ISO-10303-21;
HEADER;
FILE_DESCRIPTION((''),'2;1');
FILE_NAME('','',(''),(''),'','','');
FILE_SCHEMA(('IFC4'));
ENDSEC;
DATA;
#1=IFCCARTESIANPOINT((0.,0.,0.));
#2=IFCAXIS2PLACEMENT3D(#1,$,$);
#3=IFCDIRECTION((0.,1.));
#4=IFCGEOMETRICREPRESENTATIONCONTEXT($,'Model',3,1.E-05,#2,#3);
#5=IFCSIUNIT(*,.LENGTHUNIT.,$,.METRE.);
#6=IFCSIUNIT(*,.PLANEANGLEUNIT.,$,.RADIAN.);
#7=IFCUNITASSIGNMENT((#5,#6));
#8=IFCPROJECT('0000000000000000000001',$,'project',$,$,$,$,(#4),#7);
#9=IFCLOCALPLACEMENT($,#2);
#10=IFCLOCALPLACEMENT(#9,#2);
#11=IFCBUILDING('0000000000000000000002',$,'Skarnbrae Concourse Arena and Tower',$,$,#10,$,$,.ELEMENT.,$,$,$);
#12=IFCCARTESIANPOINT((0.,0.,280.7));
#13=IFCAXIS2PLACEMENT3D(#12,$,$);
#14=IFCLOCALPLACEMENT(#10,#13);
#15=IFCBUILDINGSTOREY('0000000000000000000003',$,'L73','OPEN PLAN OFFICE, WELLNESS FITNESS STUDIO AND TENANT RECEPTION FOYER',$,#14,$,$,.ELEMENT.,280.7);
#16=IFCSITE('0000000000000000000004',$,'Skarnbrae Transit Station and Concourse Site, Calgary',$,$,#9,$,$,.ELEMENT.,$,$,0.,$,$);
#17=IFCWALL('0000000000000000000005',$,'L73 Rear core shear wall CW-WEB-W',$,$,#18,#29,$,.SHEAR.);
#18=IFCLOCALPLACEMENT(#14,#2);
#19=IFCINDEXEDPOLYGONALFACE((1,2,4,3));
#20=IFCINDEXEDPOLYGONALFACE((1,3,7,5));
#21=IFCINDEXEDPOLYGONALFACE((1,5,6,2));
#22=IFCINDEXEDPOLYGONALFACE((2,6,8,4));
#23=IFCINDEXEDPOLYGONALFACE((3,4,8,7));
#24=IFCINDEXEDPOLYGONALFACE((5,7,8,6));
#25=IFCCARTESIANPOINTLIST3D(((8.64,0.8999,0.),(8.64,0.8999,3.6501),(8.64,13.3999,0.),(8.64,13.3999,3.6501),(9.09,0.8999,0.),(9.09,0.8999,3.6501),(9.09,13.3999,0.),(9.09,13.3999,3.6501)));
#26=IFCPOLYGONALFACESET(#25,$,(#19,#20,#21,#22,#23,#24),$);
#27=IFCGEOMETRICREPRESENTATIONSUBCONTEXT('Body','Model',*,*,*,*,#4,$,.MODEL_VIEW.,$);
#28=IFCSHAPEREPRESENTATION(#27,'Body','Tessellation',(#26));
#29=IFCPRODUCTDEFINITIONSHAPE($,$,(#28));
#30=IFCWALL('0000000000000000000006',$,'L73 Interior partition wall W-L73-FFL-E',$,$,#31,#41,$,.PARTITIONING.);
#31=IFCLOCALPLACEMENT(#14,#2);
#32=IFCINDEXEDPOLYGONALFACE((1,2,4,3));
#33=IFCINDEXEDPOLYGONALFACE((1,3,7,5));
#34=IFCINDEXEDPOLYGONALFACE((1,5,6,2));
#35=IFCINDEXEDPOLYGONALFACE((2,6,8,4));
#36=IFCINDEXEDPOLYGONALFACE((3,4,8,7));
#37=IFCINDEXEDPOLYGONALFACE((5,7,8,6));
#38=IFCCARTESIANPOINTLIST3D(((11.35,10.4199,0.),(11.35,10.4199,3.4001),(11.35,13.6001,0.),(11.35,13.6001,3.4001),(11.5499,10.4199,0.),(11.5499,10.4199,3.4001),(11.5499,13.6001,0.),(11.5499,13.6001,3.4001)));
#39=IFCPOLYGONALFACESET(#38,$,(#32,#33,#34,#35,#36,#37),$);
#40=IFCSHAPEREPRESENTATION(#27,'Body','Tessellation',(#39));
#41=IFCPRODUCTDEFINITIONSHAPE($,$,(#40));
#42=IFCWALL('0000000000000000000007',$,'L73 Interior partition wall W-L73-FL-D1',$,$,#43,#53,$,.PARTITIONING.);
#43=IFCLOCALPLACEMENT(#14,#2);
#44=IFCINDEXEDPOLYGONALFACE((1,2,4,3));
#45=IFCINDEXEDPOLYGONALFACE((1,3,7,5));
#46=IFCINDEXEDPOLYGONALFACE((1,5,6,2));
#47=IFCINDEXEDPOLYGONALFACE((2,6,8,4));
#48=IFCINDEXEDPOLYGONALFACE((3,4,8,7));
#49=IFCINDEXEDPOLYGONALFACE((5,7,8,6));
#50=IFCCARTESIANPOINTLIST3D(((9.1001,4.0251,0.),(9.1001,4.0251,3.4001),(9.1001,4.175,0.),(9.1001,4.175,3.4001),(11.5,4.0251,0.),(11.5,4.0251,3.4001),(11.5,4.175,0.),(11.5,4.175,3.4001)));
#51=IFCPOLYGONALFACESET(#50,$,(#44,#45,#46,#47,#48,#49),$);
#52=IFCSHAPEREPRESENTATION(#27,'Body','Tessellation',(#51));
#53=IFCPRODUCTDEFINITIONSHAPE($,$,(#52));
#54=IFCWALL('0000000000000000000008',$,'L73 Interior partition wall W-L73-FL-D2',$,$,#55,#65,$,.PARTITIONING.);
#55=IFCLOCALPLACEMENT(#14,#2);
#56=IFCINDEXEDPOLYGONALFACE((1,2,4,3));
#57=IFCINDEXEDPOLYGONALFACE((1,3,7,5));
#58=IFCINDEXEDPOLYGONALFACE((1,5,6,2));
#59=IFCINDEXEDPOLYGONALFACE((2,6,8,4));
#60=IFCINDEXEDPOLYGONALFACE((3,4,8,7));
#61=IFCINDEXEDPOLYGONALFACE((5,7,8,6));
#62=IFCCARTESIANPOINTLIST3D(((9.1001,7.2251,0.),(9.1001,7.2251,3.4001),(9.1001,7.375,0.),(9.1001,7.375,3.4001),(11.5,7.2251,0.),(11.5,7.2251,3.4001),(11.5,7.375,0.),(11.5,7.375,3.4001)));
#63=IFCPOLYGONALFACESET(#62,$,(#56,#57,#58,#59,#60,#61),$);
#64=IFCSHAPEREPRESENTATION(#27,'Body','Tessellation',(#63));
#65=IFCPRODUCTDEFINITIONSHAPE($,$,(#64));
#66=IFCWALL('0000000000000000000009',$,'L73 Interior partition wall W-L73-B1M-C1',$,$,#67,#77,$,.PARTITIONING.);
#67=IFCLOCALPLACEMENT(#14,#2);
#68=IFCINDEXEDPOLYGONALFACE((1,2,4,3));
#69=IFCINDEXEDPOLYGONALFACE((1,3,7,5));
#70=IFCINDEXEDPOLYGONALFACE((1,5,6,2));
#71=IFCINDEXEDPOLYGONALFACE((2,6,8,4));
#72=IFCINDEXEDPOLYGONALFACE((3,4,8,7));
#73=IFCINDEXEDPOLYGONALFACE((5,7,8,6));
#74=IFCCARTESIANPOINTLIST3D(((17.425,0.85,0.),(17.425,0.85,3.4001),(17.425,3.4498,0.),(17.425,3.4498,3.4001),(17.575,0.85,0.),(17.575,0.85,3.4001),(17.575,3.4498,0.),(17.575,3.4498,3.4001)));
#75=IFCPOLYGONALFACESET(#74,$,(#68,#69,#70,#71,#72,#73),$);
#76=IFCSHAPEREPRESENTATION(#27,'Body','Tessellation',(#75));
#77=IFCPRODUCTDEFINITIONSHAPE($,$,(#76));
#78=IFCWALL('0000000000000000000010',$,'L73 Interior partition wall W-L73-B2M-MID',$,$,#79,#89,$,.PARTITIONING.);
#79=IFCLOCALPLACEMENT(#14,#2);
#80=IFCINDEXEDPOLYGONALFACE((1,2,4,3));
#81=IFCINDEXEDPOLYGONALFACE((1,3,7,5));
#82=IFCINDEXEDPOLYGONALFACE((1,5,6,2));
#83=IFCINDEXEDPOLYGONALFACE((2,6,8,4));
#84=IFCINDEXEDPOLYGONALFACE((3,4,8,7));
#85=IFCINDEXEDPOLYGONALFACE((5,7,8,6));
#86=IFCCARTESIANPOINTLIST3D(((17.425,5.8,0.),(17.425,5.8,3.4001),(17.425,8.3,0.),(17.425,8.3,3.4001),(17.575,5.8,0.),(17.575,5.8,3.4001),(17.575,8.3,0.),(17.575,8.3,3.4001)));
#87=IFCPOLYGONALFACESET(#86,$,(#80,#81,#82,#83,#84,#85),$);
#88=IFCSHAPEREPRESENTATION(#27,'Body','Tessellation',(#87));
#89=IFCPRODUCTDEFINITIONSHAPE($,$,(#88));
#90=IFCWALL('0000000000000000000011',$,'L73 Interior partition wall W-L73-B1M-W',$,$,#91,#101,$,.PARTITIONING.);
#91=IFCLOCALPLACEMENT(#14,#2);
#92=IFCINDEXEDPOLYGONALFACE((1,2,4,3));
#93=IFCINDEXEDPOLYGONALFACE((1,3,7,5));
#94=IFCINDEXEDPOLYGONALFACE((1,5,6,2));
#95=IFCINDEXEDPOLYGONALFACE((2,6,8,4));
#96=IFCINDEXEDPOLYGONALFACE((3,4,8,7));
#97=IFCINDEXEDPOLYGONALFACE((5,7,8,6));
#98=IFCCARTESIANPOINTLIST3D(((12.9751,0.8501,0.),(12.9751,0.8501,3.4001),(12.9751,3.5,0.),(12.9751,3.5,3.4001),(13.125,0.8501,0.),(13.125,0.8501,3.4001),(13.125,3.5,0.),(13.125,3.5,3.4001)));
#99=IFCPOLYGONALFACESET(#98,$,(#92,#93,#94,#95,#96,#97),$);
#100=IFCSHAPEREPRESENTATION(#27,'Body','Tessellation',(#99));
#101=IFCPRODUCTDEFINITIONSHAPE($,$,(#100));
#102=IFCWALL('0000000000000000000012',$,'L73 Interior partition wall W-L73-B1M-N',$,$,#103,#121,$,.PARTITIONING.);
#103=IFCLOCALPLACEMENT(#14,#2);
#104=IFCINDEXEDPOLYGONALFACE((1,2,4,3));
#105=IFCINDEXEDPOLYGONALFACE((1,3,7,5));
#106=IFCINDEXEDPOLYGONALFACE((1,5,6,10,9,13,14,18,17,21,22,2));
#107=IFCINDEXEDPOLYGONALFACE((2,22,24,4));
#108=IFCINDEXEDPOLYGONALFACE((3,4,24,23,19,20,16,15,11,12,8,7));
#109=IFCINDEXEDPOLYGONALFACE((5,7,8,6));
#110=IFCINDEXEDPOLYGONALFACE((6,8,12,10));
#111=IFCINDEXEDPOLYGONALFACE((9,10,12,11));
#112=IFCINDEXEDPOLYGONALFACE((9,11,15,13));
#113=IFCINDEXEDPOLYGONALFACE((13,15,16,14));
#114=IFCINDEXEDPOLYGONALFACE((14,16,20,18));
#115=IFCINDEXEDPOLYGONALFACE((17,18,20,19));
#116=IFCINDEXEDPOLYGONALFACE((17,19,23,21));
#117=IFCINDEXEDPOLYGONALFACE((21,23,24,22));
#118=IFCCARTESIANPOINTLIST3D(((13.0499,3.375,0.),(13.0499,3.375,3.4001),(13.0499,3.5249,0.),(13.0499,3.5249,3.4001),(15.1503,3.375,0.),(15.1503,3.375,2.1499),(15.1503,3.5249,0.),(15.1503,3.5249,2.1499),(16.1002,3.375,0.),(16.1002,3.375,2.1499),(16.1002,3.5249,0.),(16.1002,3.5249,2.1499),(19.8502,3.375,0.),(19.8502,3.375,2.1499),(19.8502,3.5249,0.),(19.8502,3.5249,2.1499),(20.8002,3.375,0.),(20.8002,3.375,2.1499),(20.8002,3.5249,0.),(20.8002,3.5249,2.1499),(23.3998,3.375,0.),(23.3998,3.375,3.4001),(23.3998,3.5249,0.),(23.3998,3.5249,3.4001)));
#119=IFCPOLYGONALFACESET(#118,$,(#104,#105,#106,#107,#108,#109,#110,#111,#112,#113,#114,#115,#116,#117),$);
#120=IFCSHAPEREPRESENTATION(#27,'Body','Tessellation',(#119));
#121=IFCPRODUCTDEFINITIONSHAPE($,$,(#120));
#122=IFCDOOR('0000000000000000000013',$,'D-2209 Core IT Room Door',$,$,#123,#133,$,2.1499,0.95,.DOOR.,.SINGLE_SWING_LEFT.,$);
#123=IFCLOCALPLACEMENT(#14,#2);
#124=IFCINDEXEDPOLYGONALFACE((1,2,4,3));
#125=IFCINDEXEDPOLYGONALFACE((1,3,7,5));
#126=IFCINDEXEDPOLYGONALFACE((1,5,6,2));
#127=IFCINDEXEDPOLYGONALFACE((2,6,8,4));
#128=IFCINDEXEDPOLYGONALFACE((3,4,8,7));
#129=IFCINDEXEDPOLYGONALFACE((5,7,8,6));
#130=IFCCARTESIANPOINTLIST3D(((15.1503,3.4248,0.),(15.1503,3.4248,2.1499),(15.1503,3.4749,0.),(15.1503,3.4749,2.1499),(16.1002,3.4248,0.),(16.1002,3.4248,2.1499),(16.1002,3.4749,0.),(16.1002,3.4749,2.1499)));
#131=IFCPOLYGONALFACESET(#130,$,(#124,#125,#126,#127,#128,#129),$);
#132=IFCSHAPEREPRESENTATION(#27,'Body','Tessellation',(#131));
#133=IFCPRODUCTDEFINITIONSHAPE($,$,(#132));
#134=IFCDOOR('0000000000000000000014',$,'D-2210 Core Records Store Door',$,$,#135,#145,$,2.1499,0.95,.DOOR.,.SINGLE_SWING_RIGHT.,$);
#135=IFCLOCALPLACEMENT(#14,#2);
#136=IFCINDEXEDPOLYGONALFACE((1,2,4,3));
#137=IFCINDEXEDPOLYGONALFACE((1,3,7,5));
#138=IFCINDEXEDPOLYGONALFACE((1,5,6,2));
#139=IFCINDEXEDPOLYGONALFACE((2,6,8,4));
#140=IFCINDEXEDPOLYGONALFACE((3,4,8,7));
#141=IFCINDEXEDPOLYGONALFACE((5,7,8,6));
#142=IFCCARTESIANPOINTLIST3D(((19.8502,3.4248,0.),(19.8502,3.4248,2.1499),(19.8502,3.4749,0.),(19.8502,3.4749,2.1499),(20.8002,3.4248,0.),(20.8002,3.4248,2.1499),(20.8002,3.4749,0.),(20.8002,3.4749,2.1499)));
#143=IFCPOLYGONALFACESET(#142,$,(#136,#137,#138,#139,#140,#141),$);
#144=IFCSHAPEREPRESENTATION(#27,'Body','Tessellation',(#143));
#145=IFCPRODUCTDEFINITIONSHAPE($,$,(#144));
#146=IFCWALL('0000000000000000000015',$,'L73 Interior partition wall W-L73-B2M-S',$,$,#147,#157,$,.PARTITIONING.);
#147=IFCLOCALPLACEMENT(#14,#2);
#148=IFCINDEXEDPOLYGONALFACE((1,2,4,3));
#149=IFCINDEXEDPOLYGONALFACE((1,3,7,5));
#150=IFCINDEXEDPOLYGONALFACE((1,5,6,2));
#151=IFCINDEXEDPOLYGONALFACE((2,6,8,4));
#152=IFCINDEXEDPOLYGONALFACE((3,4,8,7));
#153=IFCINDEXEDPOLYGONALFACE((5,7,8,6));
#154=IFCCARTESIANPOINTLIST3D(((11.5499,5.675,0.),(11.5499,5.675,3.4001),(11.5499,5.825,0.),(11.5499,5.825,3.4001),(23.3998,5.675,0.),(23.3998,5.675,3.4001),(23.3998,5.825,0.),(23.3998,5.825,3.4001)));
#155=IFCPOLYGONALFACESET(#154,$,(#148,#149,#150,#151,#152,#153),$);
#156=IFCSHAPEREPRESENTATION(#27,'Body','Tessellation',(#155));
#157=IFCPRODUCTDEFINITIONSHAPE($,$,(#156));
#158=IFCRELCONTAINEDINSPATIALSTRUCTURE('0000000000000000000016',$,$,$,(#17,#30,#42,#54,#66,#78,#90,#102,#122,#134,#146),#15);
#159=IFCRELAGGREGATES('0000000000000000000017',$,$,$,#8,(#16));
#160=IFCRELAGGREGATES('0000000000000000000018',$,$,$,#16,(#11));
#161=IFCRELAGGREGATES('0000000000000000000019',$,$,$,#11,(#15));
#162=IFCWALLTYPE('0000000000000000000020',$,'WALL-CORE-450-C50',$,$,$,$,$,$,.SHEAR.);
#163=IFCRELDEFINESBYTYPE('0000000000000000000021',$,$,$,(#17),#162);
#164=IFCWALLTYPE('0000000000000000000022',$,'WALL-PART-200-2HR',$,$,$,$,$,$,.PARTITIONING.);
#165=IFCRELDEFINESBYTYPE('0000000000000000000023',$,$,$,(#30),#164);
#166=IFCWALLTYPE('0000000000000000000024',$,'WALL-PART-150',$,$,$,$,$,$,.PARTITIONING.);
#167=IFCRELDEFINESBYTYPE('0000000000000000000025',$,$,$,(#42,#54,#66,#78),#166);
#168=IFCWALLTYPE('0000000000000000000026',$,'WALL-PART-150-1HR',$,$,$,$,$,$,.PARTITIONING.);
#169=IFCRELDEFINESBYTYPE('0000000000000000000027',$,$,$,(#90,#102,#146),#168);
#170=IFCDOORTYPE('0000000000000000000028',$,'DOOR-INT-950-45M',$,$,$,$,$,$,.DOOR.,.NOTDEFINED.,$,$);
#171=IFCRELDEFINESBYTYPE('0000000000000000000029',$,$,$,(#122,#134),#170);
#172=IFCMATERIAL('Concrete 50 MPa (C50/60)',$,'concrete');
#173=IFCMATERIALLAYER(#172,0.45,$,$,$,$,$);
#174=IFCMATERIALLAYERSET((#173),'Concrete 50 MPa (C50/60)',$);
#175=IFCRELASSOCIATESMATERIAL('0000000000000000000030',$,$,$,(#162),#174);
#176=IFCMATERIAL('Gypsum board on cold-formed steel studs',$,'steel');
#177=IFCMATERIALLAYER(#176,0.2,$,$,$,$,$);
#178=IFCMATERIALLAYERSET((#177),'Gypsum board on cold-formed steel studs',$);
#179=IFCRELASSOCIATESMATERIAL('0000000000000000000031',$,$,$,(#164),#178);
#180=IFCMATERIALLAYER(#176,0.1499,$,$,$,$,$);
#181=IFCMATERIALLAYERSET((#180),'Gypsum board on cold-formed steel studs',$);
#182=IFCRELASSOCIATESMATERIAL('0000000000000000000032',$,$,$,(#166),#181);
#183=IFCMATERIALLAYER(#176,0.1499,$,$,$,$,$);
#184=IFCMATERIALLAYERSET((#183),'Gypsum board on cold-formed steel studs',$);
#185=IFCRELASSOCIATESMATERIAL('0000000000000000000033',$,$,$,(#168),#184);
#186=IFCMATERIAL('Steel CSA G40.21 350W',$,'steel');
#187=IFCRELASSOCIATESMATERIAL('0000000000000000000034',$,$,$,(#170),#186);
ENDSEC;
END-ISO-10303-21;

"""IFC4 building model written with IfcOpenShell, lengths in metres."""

from ifc_helpers import new_model, si_unit, direction, frame, frame_2d, origin, place, context, subcontext, project, spatial, rectangle, extrude, source, transform, mapped, material, layer, layer_set, type_object, element, fill, save


model = new_model("IFC4")

# Units and contexts
model_context = context("Model", 3, precision=1e-05, world=origin(), true_north=direction((0.0, 1.0)))
body_context = subcontext(model_context, "Body", "Model", "MODEL_VIEW")
ifc_project = project(units=[si_unit("LENGTHUNIT", "METRE"), si_unit("PLANEANGLEUNIT", "RADIAN")], contexts=[model_context])

# Site, building, storey
site_placement = place(None, origin())
site = spatial("IfcSite", under=ifc_project, at=site_placement, Name="Skarnbrae Transit Station and Concourse Site, Calgary", CompositionType="ELEMENT", RefElevation=0.0)
building_placement = place(site_placement, origin())
building = spatial("IfcBuilding", under=site, at=building_placement, Name="Skarnbrae Concourse Arena and Tower", CompositionType="ELEMENT")
storey_placement = place(building_placement, frame((0.0, 0.0, 280.7)))
storey = spatial("IfcBuildingStorey", under=building, at=storey_placement, Name="L73", Description="OPEN PLAN OFFICE, WELLNESS FITNESS STUDIO AND TENANT RECEPTION FOYER", CompositionType="ELEMENT", Elevation=280.7)

# Walls
ifc_material_1 = material(Name="Concrete 50 MPa (C50/60)", Category="concrete")
ifc_layer_1 = layer(ifc_material_1, 0.45)
ifc_layer_set_1 = layer_set([ifc_layer_1], Name="Concrete 50 MPa (C50/60)")
wall_type_1 = type_object("IfcWallType", Name="WALL-CORE-450-C50", PredefinedType="SHEAR", material=ifc_layer_set_1)
shared_shape_1 = source(origin(), body_context, "Body", "SweptSolid", [
    extrude(rectangle(XDim=12.5, YDim=0.45, at=frame_2d((6.25, 0.0))), origin(), (0.0, 0.0, 1.0), 3.6501),
])
wall_1_placement = place(storey_placement, frame((8.865, 0.8999, 0.0), z_axis=(0.0, 0.0, 1.0), x_axis=(0.0, 1.0, 0.0)))
element("IfcWall", 1, at=wall_1_placement, inside=storey, type_object=wall_type_1, Name="L73 Rear core shear wall CW-WEB-W", PredefinedType="SHEAR", context=body_context, shape_type="MappedRepresentation", body=[
    mapped(shared_shape_1, transform((0.0, 0.0, 0.0))),
])
ifc_material_2 = material(Name="Gypsum board on cold-formed steel studs", Category="steel")
ifc_layer_2 = layer(ifc_material_2, 0.2)
ifc_layer_set_2 = layer_set([ifc_layer_2], Name="Gypsum board on cold-formed steel studs")
wall_type_2 = type_object("IfcWallType", Name="WALL-PART-200-2HR", PredefinedType="PARTITIONING", material=ifc_layer_set_2)
shared_shape_2 = source(origin(), body_context, "Body", "SweptSolid", [
    extrude(rectangle(XDim=3.1802, YDim=0.2, at=frame_2d((1.5901, 0.0))), origin(), (0.0, 0.0, 1.0), 3.4001),
])
wall_2_placement = place(storey_placement, frame((11.45, 10.4199, 0.0), z_axis=(0.0, 0.0, 1.0), x_axis=(0.0, 1.0, 0.0)))
element("IfcWall", 2, at=wall_2_placement, inside=storey, type_object=wall_type_2, Name="L73 Interior partition wall W-L73-FFL-E", PredefinedType="PARTITIONING", context=body_context, shape_type="MappedRepresentation", body=[
    mapped(shared_shape_2, transform((0.0, 0.0, 0.0))),
])

# Shared definitions
ifc_material_3 = material(Name="Steel CSA G40.21 350W", Category="steel")

# Walls
ifc_layer_3 = layer(ifc_material_2, 0.1499)
ifc_layer_set_3 = layer_set([ifc_layer_3], Name="Gypsum board on cold-formed steel studs")
wall_type_3 = type_object("IfcWallType", Name="WALL-PART-150", PredefinedType="PARTITIONING", material=ifc_layer_set_3)
shared_shape_3 = source(origin(), body_context, "Body", "SweptSolid", [
    extrude(rectangle(XDim=2.3999, YDim=0.1499, at=frame_2d((1.2, 0.0))), origin(), (0.0, 0.0, 1.0), 3.4001),
])
for number, where, z_axis, x_axis, name in (
    (3, (9.1001, 4.1001, 0.0), (0.0, 0.0, 1.0), (1.0, 0.0, 0.0), "L73 Interior partition wall W-L73-FL-D1"),
    (4, (9.1001, 7.3, 0.0), (0.0, 0.0, 1.0), (1.0, 0.0, 0.0), "L73 Interior partition wall W-L73-FL-D2"),
):
    element("IfcWall", number, at=place(storey_placement, frame(where, z_axis=z_axis, x_axis=x_axis)), inside=storey, type_object=wall_type_3, Name=name, PredefinedType="PARTITIONING", context=body_context, shape_type="MappedRepresentation", body=[
        mapped(shared_shape_3, transform((0.0, 0.0, 0.0))),
    ])
shared_shape_4 = source(origin(), body_context, "Body", "SweptSolid", [
    extrude(rectangle(XDim=2.5999, YDim=0.1499, at=frame_2d((1.2998, 0.0))), origin(), (0.0, 0.0, 1.0), 3.4001),
])
wall_3_placement = place(storey_placement, frame((17.5, 0.8501, 0.0), z_axis=(0.0, 0.0, 1.0), x_axis=(0.0, 1.0, 0.0)))
element("IfcWall", 5, at=wall_3_placement, inside=storey, type_object=wall_type_3, Name="L73 Interior partition wall W-L73-B1M-C1", PredefinedType="PARTITIONING", context=body_context, shape_type="MappedRepresentation", body=[
    mapped(shared_shape_4, transform((0.0, 0.0, 0.0))),
])
shared_shape_5 = source(origin(), body_context, "Body", "SweptSolid", [
    extrude(rectangle(XDim=2.5, YDim=0.1499, at=frame_2d((1.25, 0.0))), origin(), (0.0, 0.0, 1.0), 3.4001),
])
wall_4_placement = place(storey_placement, frame((17.5, 5.8, 0.0), z_axis=(0.0, 0.0, 1.0), x_axis=(0.0, 1.0, 0.0)))
element("IfcWall", 6, at=wall_4_placement, inside=storey, type_object=wall_type_3, Name="L73 Interior partition wall W-L73-B2M-MID", PredefinedType="PARTITIONING", context=body_context, shape_type="MappedRepresentation", body=[
    mapped(shared_shape_5, transform((0.0, 0.0, 0.0))),
])
ifc_layer_4 = layer(ifc_material_2, 0.1499)
ifc_layer_set_4 = layer_set([ifc_layer_4], Name="Gypsum board on cold-formed steel studs")
wall_type_4 = type_object("IfcWallType", Name="WALL-PART-150-1HR", PredefinedType="PARTITIONING", material=ifc_layer_set_4)
shared_shape_6 = source(origin(), body_context, "Body", "SweptSolid", [
    extrude(rectangle(XDim=2.6499, YDim=0.1499, at=frame_2d((1.325, 0.0))), origin(), (0.0, 0.0, 1.0), 3.4001),
])
wall_5_placement = place(storey_placement, frame((13.05, 0.8501, 0.0), z_axis=(0.0, 0.0, 1.0), x_axis=(0.0, 1.0, 0.0)))
element("IfcWall", 7, at=wall_5_placement, inside=storey, type_object=wall_type_4, Name="L73 Interior partition wall W-L73-B1M-W", PredefinedType="PARTITIONING", context=body_context, shape_type="MappedRepresentation", body=[
    mapped(shared_shape_6, transform((0.0, 0.0, 0.0))),
])

# Wall, openings, doors
shared_shape_7 = source(origin(), body_context, "Body", "SweptSolid", [
    extrude(rectangle(XDim=10.3499, YDim=0.1499, at=frame_2d((5.1748, 0.0))), origin(), (0.0, 0.0, 1.0), 3.4001),
])
wall_6_placement = place(storey_placement, frame((13.05, 3.45, 0.0), z_axis=(0.0, 0.0, 1.0), x_axis=(1.0, 0.0, 0.0)))
wall_6 = element("IfcWall", 8, at=wall_6_placement, inside=storey, type_object=wall_type_4, Name="L73 Interior partition wall W-L73-B1M-N", PredefinedType="PARTITIONING", context=body_context, shape_type="MappedRepresentation", body=[
    mapped(shared_shape_7, transform((0.0, 0.0, 0.0))),
])
opening_1_placement = place(wall_6_placement, frame((2.1001, 0.0, 0.0)))
opening_1 = element("IfcOpeningElement", 9, at=opening_1_placement, cuts=wall_6, PredefinedType="OPENING", context=body_context, shape_type="SweptSolid", body=[
    extrude(rectangle(XDim=0.95, YDim=2.1499, at=frame_2d((0.4751, 1.075))), frame((0.0, 0.085, 0.0), z_axis=(0.0, -1.0, 0.0), x_axis=(1.0, 0.0, 0.0)), (0.0, 0.0, 1.0), 0.1699),
])
opening_2_placement = place(wall_6_placement, frame((6.8, 0.0, 0.0)))
opening_2 = element("IfcOpeningElement", 10, at=opening_2_placement, cuts=wall_6, PredefinedType="OPENING", context=body_context, shape_type="SweptSolid", body=[
    extrude(rectangle(XDim=0.95, YDim=2.1499, at=frame_2d((0.4751, 1.075))), frame((0.0, 0.085, 0.0), z_axis=(0.0, -1.0, 0.0), x_axis=(1.0, 0.0, 0.0)), (0.0, 0.0, 1.0), 0.1699),
])
door_type_1 = type_object("IfcDoorType", Name="DOOR-INT-950-45M", OperationType="NOTDEFINED", PredefinedType="DOOR", material=ifc_material_3)
shared_shape_8 = source(origin(), body_context, "Body", "SweptSolid", [
    extrude(rectangle(XDim=0.95, YDim=2.1499, at=frame_2d((0.4751, 1.075))), frame((0.0, 0.0249, 0.0), z_axis=(0.0, -1.0, 0.0), x_axis=(1.0, 0.0, 0.0)), (0.0, 0.0, 1.0), 0.05),
])
door_1_placement = place(opening_1_placement, origin())
door_1 = element("IfcDoor", 11, at=door_1_placement, inside=storey, type_object=door_type_1, Name="D-2209 Core IT Room Door", OperationType="SINGLE_SWING_LEFT", OverallHeight=2.1499, OverallWidth=0.95, PredefinedType="DOOR", context=body_context, shape_type="MappedRepresentation", body=[
    mapped(shared_shape_8, transform((0.0, 0.0, 0.0))),
])
fill(opening_1, door_1)
door_2_placement = place(opening_2_placement, origin())
door_2 = element("IfcDoor", 12, at=door_2_placement, inside=storey, type_object=door_type_1, Name="D-2210 Core Records Store Door", OperationType="SINGLE_SWING_RIGHT", OverallHeight=2.1499, OverallWidth=0.95, PredefinedType="DOOR", context=body_context, shape_type="MappedRepresentation", body=[
    mapped(shared_shape_8, transform((0.0, 0.0, 0.0))),
])
fill(opening_2, door_2)

# Wall
shared_shape_9 = source(origin(), body_context, "Body", "SweptSolid", [
    extrude(rectangle(XDim=11.8499, YDim=0.1499, at=frame_2d((5.9248, 0.0))), origin(), (0.0, 0.0, 1.0), 3.4001),
])
wall_7_placement = place(storey_placement, frame((11.55, 5.75, 0.0), z_axis=(0.0, 0.0, 1.0), x_axis=(1.0, 0.0, 0.0)))
element("IfcWall", 13, at=wall_7_placement, inside=storey, type_object=wall_type_4, Name="L73 Interior partition wall W-L73-B2M-S", PredefinedType="PARTITIONING", context=body_context, shape_type="MappedRepresentation", body=[
    mapped(shared_shape_9, transform((0.0, 0.0, 0.0))),
])

save(model, "model.ifc")
